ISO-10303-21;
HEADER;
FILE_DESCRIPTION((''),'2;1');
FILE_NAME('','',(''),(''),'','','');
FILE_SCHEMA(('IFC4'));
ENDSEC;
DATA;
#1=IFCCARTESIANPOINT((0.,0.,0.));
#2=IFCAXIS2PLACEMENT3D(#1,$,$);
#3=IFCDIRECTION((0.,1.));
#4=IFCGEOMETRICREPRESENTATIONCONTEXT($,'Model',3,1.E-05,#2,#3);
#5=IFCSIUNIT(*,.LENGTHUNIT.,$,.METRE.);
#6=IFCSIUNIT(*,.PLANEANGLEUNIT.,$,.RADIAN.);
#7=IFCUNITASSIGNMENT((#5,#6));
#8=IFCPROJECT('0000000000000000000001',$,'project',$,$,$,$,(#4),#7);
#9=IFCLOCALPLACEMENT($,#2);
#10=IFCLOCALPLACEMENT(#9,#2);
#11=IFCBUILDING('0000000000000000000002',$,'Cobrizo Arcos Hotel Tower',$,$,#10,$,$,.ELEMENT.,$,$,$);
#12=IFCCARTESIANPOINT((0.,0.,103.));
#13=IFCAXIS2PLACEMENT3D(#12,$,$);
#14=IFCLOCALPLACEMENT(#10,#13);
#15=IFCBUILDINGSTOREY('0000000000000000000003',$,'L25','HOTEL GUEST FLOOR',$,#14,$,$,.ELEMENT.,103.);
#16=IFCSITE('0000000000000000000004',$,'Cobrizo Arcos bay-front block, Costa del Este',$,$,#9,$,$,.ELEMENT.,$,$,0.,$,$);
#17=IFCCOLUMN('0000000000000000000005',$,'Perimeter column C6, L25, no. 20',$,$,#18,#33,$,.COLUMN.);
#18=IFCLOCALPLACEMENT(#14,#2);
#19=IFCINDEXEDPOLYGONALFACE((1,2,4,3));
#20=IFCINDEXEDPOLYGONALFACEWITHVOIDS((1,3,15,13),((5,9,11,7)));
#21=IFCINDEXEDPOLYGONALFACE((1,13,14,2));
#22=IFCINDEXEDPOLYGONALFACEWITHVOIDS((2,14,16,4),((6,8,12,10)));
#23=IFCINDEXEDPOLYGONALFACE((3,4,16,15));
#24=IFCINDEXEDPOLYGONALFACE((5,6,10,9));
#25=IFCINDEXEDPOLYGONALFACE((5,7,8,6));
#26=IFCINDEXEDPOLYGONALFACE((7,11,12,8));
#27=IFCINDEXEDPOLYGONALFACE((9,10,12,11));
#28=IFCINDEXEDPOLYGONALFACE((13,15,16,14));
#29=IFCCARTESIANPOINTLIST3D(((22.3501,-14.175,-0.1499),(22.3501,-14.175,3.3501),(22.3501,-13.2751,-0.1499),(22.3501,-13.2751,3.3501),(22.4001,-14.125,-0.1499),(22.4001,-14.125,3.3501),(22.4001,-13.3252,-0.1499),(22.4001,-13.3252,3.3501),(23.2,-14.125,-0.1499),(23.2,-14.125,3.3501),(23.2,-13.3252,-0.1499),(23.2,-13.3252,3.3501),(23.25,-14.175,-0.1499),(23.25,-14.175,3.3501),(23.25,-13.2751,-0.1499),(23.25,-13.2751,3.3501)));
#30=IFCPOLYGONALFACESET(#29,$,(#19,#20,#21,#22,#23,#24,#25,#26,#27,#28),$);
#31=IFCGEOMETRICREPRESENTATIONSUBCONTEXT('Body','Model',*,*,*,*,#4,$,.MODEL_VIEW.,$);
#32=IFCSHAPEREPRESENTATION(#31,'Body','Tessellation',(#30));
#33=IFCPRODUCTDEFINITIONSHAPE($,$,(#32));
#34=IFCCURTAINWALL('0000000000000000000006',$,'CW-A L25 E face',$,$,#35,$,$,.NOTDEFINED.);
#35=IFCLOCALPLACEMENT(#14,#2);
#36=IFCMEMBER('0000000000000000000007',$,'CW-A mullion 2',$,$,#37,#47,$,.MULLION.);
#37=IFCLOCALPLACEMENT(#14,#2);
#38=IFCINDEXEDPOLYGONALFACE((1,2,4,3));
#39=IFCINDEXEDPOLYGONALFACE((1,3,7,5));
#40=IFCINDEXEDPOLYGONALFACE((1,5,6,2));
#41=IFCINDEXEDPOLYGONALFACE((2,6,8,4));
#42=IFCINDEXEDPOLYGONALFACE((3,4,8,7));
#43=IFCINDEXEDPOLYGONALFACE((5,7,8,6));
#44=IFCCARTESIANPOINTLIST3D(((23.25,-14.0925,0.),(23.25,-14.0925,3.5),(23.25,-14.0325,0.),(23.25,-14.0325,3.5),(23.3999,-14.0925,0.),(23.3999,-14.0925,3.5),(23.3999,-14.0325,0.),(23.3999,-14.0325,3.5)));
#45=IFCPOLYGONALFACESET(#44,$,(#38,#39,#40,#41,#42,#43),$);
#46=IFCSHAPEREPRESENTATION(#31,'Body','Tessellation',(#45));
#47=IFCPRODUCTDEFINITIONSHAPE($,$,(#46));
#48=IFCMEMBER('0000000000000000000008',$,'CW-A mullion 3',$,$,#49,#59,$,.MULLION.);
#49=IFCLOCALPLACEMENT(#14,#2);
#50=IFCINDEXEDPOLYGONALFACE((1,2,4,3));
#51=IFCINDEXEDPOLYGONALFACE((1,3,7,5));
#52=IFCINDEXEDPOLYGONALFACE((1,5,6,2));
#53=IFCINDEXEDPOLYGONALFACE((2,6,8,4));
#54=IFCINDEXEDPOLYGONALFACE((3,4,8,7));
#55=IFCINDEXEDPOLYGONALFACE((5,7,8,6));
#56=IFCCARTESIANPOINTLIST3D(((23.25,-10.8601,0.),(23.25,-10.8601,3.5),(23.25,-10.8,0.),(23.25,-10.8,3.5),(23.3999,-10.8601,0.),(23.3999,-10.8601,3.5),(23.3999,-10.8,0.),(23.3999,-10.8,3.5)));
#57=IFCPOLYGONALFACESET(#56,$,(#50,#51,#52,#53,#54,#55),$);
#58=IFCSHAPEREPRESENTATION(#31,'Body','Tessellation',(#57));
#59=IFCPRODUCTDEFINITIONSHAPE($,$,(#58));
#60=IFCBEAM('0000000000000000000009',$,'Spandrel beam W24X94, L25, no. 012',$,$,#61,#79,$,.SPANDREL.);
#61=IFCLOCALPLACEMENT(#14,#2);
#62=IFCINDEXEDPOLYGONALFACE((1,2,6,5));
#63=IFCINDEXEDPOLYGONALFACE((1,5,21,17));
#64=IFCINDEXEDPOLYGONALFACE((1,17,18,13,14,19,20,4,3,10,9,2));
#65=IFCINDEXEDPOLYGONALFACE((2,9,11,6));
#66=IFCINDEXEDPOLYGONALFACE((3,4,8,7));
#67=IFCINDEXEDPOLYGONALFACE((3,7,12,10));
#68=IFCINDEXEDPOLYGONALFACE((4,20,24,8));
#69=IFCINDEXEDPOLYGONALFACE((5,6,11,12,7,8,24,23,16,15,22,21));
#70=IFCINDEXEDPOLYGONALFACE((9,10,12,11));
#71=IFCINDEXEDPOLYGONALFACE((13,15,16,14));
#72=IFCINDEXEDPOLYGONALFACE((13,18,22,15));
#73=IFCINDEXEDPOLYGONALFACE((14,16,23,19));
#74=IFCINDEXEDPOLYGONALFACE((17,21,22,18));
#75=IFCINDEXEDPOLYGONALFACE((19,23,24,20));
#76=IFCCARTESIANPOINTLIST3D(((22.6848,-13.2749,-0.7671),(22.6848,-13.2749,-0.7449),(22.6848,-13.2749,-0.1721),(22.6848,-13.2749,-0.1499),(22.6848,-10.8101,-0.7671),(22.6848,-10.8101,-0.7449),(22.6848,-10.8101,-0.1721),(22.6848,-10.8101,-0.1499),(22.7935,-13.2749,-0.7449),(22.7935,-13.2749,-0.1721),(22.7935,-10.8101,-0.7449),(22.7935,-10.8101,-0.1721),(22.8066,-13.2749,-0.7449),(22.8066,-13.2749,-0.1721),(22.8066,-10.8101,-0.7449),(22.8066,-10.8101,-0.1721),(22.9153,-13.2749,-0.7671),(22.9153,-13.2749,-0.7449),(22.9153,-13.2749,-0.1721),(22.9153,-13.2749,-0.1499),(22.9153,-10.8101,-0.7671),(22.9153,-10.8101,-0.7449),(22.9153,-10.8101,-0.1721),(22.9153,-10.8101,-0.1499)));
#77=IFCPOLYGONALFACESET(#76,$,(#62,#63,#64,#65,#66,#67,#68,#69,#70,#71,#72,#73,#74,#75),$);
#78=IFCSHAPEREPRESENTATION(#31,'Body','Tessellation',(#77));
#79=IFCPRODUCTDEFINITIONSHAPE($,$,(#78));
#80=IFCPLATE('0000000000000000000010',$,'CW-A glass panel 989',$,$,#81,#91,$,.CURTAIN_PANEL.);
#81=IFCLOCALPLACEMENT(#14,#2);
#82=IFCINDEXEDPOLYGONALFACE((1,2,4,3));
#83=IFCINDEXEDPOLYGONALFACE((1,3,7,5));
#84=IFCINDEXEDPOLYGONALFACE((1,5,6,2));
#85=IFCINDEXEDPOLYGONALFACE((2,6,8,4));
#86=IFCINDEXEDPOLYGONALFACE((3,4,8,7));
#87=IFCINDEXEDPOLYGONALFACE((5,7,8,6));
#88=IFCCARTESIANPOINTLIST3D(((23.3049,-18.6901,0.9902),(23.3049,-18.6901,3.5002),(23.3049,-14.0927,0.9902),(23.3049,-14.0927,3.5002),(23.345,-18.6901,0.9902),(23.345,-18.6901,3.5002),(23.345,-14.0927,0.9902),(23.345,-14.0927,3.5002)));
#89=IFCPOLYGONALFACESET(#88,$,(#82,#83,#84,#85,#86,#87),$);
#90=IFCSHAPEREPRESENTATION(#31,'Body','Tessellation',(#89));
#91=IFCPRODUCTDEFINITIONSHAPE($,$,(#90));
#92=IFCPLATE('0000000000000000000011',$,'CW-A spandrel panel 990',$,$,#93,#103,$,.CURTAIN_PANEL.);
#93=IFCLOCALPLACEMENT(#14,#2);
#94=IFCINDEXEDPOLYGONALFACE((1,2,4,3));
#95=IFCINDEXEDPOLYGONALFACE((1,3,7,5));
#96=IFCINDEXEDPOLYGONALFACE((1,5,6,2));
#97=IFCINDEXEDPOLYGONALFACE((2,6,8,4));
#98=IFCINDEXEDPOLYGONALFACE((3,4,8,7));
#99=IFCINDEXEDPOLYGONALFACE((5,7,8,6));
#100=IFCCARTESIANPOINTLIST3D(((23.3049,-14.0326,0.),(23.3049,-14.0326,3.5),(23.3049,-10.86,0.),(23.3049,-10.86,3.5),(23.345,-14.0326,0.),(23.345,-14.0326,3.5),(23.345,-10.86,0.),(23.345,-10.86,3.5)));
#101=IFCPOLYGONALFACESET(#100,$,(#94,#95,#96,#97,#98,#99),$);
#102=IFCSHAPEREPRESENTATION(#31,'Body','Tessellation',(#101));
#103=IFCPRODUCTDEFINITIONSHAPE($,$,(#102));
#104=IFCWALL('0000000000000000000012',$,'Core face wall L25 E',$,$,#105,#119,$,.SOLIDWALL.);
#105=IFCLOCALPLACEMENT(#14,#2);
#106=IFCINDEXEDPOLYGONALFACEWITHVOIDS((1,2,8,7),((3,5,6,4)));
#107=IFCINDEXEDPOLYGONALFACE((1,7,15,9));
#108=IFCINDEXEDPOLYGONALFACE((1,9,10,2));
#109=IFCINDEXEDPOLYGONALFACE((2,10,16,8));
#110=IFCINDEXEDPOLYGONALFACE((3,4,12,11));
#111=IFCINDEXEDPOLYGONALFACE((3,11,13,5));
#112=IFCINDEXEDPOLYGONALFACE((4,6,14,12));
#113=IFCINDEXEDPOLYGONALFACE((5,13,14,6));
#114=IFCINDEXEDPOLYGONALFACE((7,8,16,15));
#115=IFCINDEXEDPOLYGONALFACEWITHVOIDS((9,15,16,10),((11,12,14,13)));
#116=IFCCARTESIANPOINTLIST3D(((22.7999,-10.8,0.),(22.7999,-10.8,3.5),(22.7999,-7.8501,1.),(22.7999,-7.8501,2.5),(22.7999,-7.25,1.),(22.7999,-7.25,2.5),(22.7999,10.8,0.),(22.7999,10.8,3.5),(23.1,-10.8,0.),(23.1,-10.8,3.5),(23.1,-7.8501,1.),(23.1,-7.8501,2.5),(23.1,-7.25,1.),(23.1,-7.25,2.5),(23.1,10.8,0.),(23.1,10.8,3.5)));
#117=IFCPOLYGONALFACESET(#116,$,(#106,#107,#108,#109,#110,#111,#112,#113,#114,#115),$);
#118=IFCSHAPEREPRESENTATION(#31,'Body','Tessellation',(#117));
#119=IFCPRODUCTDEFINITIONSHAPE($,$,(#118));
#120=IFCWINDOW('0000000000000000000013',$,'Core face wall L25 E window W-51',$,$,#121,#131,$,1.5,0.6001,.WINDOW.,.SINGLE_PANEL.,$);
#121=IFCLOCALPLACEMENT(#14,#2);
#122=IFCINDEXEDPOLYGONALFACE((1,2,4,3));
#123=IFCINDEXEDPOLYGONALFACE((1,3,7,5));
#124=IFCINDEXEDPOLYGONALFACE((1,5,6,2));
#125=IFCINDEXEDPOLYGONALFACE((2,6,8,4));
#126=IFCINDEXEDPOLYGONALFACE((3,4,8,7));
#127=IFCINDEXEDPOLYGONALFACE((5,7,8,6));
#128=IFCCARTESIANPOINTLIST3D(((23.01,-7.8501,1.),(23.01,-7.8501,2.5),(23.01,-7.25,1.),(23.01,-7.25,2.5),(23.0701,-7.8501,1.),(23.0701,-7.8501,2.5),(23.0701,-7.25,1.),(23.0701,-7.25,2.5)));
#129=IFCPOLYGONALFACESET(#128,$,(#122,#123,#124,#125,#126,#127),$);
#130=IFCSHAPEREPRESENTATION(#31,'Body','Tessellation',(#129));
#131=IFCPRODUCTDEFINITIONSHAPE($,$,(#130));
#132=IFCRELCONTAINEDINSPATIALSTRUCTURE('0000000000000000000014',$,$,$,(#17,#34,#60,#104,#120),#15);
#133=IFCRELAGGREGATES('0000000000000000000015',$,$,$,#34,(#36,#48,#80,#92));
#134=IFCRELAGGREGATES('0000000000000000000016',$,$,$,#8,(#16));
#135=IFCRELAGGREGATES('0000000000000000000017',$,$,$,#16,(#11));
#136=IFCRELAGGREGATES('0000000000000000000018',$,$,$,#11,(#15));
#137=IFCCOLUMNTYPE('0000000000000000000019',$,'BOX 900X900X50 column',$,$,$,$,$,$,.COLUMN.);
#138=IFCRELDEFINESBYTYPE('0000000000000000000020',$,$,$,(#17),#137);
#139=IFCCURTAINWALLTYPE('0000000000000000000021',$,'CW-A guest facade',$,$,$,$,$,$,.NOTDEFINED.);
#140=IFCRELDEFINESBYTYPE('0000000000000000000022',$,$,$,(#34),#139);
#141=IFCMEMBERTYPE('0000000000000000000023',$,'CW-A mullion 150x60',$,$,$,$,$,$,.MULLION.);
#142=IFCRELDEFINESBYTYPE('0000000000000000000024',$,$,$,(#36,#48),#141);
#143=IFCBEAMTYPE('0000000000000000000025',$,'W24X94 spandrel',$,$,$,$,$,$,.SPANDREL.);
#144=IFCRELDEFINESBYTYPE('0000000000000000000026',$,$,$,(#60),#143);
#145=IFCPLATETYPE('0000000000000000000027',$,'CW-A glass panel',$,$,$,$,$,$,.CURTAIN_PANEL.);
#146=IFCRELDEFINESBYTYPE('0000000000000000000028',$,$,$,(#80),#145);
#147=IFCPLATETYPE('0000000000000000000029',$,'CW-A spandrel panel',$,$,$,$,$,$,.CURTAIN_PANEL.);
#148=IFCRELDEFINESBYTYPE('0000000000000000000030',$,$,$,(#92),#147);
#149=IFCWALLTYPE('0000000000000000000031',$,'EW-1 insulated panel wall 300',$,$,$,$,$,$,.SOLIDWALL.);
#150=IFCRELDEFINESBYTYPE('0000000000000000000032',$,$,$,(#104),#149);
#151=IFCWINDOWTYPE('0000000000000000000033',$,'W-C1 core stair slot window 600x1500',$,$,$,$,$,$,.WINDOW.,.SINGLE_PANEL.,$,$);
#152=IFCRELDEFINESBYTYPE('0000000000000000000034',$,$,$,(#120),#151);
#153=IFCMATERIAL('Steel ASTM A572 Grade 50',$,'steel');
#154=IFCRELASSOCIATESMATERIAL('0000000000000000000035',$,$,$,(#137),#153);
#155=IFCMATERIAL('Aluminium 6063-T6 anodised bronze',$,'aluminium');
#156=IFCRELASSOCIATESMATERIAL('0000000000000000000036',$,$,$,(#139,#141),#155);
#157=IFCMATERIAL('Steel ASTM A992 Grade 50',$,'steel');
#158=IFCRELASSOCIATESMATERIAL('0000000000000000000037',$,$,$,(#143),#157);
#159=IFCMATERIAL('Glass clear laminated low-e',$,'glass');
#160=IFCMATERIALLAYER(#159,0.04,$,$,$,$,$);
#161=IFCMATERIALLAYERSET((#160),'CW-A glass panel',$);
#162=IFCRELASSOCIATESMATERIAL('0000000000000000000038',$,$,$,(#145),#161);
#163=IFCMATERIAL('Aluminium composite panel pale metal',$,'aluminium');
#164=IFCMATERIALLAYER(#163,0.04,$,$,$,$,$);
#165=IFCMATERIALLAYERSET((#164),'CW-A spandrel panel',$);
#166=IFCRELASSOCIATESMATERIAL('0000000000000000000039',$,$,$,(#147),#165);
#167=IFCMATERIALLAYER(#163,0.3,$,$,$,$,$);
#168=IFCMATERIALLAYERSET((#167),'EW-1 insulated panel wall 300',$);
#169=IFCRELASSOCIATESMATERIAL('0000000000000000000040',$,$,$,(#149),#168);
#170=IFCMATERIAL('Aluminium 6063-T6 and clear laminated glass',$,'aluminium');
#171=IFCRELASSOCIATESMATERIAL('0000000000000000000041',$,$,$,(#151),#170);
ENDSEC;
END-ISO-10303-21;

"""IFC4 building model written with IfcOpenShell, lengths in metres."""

from ifc_helpers import new_model, si_unit, direction, frame, frame_2d, origin, origin_2d, place, context, subcontext, project, spatial, rectangle, hollow_rectangle, i_section, extrude, material, layer, layer_set, material_profile, profile_set, type_object, element, fill, aggregate, save


model = new_model("IFC4")

# Units and contexts
model_context = context("Model", 3, precision=1e-05, world=origin(), true_north=direction((0.0, 1.0)))
body_context = subcontext(model_context, "Body", "Model", "MODEL_VIEW")
ifc_project = project(units=[si_unit("LENGTHUNIT", "METRE"), si_unit("PLANEANGLEUNIT", "RADIAN")], contexts=[model_context])

# Site, building, storey
site_placement = place(None, origin())
site = spatial("IfcSite", under=ifc_project, at=site_placement, Name="Cobrizo Arcos bay-front block, Costa del Este", CompositionType="ELEMENT", RefElevation=0.0)
building_placement = place(site_placement, origin())
building = spatial("IfcBuilding", under=site, at=building_placement, Name="Cobrizo Arcos Hotel Tower", CompositionType="ELEMENT")
storey_placement = place(building_placement, frame((0.0, 0.0, 103.0)))
storey = spatial("IfcBuildingStorey", under=building, at=storey_placement, Name="L25", Description="HOTEL GUEST FLOOR", CompositionType="ELEMENT", Elevation=103.0)

# Column
ifc_material_1 = material(Name="Steel ASTM A572 Grade 50", Category="steel")
ifc_material_profile_1 = material_profile(ifc_material_1, hollow_rectangle(XDim=0.8999, YDim=0.8999, WallThickness=0.05, at=origin_2d()), Name="BOX 900X900X50")
ifc_profile_set_1 = profile_set([ifc_material_profile_1], Name="Steel ASTM A572 Grade 50")
column_type = type_object("IfcColumnType", Name="BOX 900X900X50 column", PredefinedType="COLUMN", material=ifc_profile_set_1)
column_placement = place(storey_placement, frame((22.8, -13.7251, -0.1499), z_axis=(0.0, 0.0, 1.0), x_axis=(1.0, 0.0, 0.0)))
element("IfcColumn", 1, at=column_placement, inside=storey, type_object=column_type, Name="Perimeter column C6, L25, no. 20", PredefinedType="COLUMN", context=body_context, shape_type="SweptSolid", body=[
    extrude(hollow_rectangle(XDim=0.8999, YDim=0.8999, WallThickness=0.05, at=origin_2d()), origin(), (0.0, 0.0, 1.0), 3.5),
])

# Curtain wall, members
ifc_material_2 = material(Name="Aluminium 6063-T6 anodised bronze", Category="aluminium")
curtain_wall_type = type_object("IfcCurtainWallType", Name="CW-A guest facade", PredefinedType="NOTDEFINED", material=ifc_material_2)
curtain_wall_placement = place(storey_placement, origin())
curtain_wall = element("IfcCurtainWall", 2, at=curtain_wall_placement, inside=storey, type_object=curtain_wall_type, Name="CW-A L25 E face", PredefinedType="NOTDEFINED")
ifc_material_profile_2 = material_profile(ifc_material_2, rectangle(XDim=0.1499, YDim=0.0601, at=origin_2d()), Name="CW-A mullion 150x60")
ifc_profile_set_2 = profile_set([ifc_material_profile_2], Name="Aluminium 6063-T6 anodised bronze")
member_type = type_object("IfcMemberType", Name="CW-A mullion 150x60", PredefinedType="MULLION", material=ifc_profile_set_2)
member_1_placement = place(storey_placement, frame((23.325, -14.0625, 0.0), z_axis=(0.0, 0.0, 1.0), x_axis=(1.0, 0.0, 0.0)))
member_1 = element("IfcMember", 3, at=member_1_placement, type_object=member_type, Name="CW-A mullion 2", PredefinedType="MULLION", context=body_context, shape_type="SweptSolid", body=[
    extrude(rectangle(XDim=0.1499, YDim=0.0601, at=origin_2d()), origin(), (0.0, 0.0, 1.0), 3.5),
])
member_2_placement = place(storey_placement, frame((23.325, -10.8301, 0.0), z_axis=(0.0, 0.0, 1.0), x_axis=(1.0, 0.0, 0.0)))
member_2 = element("IfcMember", 4, at=member_2_placement, type_object=member_type, Name="CW-A mullion 3", PredefinedType="MULLION", context=body_context, shape_type="SweptSolid", body=[
    extrude(rectangle(XDim=0.1499, YDim=0.0601, at=origin_2d()), origin(), (0.0, 0.0, 1.0), 3.5),
])

# Beam
ifc_material_3 = material(Name="Steel ASTM A992 Grade 50", Category="steel")
ifc_material_profile_3 = material_profile(ifc_material_3, i_section(OverallWidth=0.2305, OverallDepth=0.6172, WebThickness=0.0132, FlangeThickness=0.0222, at=origin_2d()), Name="W24X94")
ifc_profile_set_3 = profile_set([ifc_material_profile_3], Name="Steel ASTM A992 Grade 50")
beam_type = type_object("IfcBeamType", Name="W24X94 spandrel", PredefinedType="SPANDREL", material=ifc_profile_set_3)
beam_placement = place(storey_placement, frame((22.8, -13.2749, -0.4585), z_axis=(0.0, 1.0, 0.0), x_axis=(-1.0, 0.0, 0.0)))
element("IfcBeam", 5, at=beam_placement, inside=storey, type_object=beam_type, Name="Spandrel beam W24X94, L25, no. 012", PredefinedType="SPANDREL", context=body_context, shape_type="SweptSolid", body=[
    extrude(i_section(OverallWidth=0.2305, OverallDepth=0.6172, WebThickness=0.0132, FlangeThickness=0.0222, at=origin_2d()), origin(), (0.0, 0.0, 1.0), 2.4648),
])

# Plates
ifc_material_4 = material(Name="Glass clear laminated low-e", Category="glass")
ifc_layer_1 = layer(ifc_material_4, 0.04)
ifc_layer_set_1 = layer_set([ifc_layer_1], Name="CW-A glass panel")
plate_type_1 = type_object("IfcPlateType", Name="CW-A glass panel", PredefinedType="CURTAIN_PANEL", material=ifc_layer_set_1)
plate_1_placement = place(storey_placement, frame((23.325, -16.3914, 0.9902), z_axis=(0.0, 0.0, 1.0), x_axis=(0.0, 1.0, 0.0)))
plate_1 = element("IfcPlate", 6, at=plate_1_placement, type_object=plate_type_1, Name="CW-A glass panel 989", PredefinedType="CURTAIN_PANEL", context=body_context, shape_type="SweptSolid", body=[
    extrude(rectangle(XDim=4.5974, YDim=0.04, at=origin_2d()), origin(), (0.0, 0.0, 1.0), 2.51),
])
ifc_material_5 = material(Name="Aluminium composite panel pale metal", Category="aluminium")
ifc_layer_2 = layer(ifc_material_5, 0.04)
ifc_layer_set_2 = layer_set([ifc_layer_2], Name="CW-A spandrel panel")
plate_type_2 = type_object("IfcPlateType", Name="CW-A spandrel panel", PredefinedType="CURTAIN_PANEL", material=ifc_layer_set_2)
plate_2_placement = place(storey_placement, frame((23.325, -12.4463, 0.0), z_axis=(0.0, 0.0, 1.0), x_axis=(0.0, 1.0, 0.0)))
plate_2 = element("IfcPlate", 7, at=plate_2_placement, type_object=plate_type_2, Name="CW-A spandrel panel 990", PredefinedType="CURTAIN_PANEL", context=body_context, shape_type="SweptSolid", body=[
    extrude(rectangle(XDim=3.1726, YDim=0.04, at=origin_2d()), origin(), (0.0, 0.0, 1.0), 3.5),
])
aggregate(curtain_wall, [member_1, member_2, plate_1, plate_2])

# Wall, opening, window
ifc_layer_3 = layer(ifc_material_5, 0.3)
ifc_layer_set_3 = layer_set([ifc_layer_3], Name="EW-1 insulated panel wall 300")
wall_type_1 = type_object("IfcWallType", Name="EW-1 insulated panel wall 300", PredefinedType="SOLIDWALL", material=ifc_layer_set_3)
wall_1_placement = place(storey_placement, frame((22.95, -10.8, 0.0), z_axis=(0.0, 0.0, 1.0), x_axis=(0.0, 1.0, 0.0)))
wall_1 = element("IfcWall", 8, at=wall_1_placement, inside=storey, type_object=wall_type_1, Name="Core face wall L25 E", PredefinedType="SOLIDWALL", context=body_context, shape_type="SweptSolid", body=[
    extrude(rectangle(XDim=21.6001, YDim=0.3, at=frame_2d((10.8, 0.0))), origin(), (0.0, 0.0, 1.0), 3.5),
])
opening_1_placement = place(wall_1_placement, frame((2.95, 0.0, 1.0)))
opening_1 = element("IfcOpeningElement", 9, at=opening_1_placement, cuts=wall_1, PredefinedType="OPENING", context=body_context, shape_type="SweptSolid", body=[
    extrude(rectangle(XDim=0.6001, YDim=1.5, at=frame_2d((0.3, 0.75))), frame((0.0, 0.1621, 0.0), z_axis=(0.0, -1.0, 0.0), x_axis=(1.0, 0.0, 0.0)), (0.0, 0.0, 1.0), 0.324),
])
ifc_material_6 = material(Name="Aluminium 6063-T6 and clear laminated glass", Category="aluminium")
window_type = type_object("IfcWindowType", Name="W-C1 core stair slot window 600x1500", PartitioningType="SINGLE_PANEL", PredefinedType="WINDOW", material=ifc_material_6)
window_placement = place(opening_1_placement, origin())
window = element("IfcWindow", 10, at=window_placement, inside=storey, type_object=window_type, Name="Core face wall L25 E window W-51", OverallHeight=1.5, OverallWidth=0.6001, PartitioningType="SINGLE_PANEL", PredefinedType="WINDOW", context=body_context, shape_type="SweptSolid", body=[
    extrude(rectangle(XDim=0.6001, YDim=1.5, at=frame_2d((0.3, 0.75))), frame((0.0, -0.0601, 0.0), z_axis=(0.0, -1.0, 0.0), x_axis=(1.0, 0.0, 0.0)), (0.0, 0.0, 1.0), 0.0601),
])
fill(opening_1, window)

save(model, "model.ifc")
